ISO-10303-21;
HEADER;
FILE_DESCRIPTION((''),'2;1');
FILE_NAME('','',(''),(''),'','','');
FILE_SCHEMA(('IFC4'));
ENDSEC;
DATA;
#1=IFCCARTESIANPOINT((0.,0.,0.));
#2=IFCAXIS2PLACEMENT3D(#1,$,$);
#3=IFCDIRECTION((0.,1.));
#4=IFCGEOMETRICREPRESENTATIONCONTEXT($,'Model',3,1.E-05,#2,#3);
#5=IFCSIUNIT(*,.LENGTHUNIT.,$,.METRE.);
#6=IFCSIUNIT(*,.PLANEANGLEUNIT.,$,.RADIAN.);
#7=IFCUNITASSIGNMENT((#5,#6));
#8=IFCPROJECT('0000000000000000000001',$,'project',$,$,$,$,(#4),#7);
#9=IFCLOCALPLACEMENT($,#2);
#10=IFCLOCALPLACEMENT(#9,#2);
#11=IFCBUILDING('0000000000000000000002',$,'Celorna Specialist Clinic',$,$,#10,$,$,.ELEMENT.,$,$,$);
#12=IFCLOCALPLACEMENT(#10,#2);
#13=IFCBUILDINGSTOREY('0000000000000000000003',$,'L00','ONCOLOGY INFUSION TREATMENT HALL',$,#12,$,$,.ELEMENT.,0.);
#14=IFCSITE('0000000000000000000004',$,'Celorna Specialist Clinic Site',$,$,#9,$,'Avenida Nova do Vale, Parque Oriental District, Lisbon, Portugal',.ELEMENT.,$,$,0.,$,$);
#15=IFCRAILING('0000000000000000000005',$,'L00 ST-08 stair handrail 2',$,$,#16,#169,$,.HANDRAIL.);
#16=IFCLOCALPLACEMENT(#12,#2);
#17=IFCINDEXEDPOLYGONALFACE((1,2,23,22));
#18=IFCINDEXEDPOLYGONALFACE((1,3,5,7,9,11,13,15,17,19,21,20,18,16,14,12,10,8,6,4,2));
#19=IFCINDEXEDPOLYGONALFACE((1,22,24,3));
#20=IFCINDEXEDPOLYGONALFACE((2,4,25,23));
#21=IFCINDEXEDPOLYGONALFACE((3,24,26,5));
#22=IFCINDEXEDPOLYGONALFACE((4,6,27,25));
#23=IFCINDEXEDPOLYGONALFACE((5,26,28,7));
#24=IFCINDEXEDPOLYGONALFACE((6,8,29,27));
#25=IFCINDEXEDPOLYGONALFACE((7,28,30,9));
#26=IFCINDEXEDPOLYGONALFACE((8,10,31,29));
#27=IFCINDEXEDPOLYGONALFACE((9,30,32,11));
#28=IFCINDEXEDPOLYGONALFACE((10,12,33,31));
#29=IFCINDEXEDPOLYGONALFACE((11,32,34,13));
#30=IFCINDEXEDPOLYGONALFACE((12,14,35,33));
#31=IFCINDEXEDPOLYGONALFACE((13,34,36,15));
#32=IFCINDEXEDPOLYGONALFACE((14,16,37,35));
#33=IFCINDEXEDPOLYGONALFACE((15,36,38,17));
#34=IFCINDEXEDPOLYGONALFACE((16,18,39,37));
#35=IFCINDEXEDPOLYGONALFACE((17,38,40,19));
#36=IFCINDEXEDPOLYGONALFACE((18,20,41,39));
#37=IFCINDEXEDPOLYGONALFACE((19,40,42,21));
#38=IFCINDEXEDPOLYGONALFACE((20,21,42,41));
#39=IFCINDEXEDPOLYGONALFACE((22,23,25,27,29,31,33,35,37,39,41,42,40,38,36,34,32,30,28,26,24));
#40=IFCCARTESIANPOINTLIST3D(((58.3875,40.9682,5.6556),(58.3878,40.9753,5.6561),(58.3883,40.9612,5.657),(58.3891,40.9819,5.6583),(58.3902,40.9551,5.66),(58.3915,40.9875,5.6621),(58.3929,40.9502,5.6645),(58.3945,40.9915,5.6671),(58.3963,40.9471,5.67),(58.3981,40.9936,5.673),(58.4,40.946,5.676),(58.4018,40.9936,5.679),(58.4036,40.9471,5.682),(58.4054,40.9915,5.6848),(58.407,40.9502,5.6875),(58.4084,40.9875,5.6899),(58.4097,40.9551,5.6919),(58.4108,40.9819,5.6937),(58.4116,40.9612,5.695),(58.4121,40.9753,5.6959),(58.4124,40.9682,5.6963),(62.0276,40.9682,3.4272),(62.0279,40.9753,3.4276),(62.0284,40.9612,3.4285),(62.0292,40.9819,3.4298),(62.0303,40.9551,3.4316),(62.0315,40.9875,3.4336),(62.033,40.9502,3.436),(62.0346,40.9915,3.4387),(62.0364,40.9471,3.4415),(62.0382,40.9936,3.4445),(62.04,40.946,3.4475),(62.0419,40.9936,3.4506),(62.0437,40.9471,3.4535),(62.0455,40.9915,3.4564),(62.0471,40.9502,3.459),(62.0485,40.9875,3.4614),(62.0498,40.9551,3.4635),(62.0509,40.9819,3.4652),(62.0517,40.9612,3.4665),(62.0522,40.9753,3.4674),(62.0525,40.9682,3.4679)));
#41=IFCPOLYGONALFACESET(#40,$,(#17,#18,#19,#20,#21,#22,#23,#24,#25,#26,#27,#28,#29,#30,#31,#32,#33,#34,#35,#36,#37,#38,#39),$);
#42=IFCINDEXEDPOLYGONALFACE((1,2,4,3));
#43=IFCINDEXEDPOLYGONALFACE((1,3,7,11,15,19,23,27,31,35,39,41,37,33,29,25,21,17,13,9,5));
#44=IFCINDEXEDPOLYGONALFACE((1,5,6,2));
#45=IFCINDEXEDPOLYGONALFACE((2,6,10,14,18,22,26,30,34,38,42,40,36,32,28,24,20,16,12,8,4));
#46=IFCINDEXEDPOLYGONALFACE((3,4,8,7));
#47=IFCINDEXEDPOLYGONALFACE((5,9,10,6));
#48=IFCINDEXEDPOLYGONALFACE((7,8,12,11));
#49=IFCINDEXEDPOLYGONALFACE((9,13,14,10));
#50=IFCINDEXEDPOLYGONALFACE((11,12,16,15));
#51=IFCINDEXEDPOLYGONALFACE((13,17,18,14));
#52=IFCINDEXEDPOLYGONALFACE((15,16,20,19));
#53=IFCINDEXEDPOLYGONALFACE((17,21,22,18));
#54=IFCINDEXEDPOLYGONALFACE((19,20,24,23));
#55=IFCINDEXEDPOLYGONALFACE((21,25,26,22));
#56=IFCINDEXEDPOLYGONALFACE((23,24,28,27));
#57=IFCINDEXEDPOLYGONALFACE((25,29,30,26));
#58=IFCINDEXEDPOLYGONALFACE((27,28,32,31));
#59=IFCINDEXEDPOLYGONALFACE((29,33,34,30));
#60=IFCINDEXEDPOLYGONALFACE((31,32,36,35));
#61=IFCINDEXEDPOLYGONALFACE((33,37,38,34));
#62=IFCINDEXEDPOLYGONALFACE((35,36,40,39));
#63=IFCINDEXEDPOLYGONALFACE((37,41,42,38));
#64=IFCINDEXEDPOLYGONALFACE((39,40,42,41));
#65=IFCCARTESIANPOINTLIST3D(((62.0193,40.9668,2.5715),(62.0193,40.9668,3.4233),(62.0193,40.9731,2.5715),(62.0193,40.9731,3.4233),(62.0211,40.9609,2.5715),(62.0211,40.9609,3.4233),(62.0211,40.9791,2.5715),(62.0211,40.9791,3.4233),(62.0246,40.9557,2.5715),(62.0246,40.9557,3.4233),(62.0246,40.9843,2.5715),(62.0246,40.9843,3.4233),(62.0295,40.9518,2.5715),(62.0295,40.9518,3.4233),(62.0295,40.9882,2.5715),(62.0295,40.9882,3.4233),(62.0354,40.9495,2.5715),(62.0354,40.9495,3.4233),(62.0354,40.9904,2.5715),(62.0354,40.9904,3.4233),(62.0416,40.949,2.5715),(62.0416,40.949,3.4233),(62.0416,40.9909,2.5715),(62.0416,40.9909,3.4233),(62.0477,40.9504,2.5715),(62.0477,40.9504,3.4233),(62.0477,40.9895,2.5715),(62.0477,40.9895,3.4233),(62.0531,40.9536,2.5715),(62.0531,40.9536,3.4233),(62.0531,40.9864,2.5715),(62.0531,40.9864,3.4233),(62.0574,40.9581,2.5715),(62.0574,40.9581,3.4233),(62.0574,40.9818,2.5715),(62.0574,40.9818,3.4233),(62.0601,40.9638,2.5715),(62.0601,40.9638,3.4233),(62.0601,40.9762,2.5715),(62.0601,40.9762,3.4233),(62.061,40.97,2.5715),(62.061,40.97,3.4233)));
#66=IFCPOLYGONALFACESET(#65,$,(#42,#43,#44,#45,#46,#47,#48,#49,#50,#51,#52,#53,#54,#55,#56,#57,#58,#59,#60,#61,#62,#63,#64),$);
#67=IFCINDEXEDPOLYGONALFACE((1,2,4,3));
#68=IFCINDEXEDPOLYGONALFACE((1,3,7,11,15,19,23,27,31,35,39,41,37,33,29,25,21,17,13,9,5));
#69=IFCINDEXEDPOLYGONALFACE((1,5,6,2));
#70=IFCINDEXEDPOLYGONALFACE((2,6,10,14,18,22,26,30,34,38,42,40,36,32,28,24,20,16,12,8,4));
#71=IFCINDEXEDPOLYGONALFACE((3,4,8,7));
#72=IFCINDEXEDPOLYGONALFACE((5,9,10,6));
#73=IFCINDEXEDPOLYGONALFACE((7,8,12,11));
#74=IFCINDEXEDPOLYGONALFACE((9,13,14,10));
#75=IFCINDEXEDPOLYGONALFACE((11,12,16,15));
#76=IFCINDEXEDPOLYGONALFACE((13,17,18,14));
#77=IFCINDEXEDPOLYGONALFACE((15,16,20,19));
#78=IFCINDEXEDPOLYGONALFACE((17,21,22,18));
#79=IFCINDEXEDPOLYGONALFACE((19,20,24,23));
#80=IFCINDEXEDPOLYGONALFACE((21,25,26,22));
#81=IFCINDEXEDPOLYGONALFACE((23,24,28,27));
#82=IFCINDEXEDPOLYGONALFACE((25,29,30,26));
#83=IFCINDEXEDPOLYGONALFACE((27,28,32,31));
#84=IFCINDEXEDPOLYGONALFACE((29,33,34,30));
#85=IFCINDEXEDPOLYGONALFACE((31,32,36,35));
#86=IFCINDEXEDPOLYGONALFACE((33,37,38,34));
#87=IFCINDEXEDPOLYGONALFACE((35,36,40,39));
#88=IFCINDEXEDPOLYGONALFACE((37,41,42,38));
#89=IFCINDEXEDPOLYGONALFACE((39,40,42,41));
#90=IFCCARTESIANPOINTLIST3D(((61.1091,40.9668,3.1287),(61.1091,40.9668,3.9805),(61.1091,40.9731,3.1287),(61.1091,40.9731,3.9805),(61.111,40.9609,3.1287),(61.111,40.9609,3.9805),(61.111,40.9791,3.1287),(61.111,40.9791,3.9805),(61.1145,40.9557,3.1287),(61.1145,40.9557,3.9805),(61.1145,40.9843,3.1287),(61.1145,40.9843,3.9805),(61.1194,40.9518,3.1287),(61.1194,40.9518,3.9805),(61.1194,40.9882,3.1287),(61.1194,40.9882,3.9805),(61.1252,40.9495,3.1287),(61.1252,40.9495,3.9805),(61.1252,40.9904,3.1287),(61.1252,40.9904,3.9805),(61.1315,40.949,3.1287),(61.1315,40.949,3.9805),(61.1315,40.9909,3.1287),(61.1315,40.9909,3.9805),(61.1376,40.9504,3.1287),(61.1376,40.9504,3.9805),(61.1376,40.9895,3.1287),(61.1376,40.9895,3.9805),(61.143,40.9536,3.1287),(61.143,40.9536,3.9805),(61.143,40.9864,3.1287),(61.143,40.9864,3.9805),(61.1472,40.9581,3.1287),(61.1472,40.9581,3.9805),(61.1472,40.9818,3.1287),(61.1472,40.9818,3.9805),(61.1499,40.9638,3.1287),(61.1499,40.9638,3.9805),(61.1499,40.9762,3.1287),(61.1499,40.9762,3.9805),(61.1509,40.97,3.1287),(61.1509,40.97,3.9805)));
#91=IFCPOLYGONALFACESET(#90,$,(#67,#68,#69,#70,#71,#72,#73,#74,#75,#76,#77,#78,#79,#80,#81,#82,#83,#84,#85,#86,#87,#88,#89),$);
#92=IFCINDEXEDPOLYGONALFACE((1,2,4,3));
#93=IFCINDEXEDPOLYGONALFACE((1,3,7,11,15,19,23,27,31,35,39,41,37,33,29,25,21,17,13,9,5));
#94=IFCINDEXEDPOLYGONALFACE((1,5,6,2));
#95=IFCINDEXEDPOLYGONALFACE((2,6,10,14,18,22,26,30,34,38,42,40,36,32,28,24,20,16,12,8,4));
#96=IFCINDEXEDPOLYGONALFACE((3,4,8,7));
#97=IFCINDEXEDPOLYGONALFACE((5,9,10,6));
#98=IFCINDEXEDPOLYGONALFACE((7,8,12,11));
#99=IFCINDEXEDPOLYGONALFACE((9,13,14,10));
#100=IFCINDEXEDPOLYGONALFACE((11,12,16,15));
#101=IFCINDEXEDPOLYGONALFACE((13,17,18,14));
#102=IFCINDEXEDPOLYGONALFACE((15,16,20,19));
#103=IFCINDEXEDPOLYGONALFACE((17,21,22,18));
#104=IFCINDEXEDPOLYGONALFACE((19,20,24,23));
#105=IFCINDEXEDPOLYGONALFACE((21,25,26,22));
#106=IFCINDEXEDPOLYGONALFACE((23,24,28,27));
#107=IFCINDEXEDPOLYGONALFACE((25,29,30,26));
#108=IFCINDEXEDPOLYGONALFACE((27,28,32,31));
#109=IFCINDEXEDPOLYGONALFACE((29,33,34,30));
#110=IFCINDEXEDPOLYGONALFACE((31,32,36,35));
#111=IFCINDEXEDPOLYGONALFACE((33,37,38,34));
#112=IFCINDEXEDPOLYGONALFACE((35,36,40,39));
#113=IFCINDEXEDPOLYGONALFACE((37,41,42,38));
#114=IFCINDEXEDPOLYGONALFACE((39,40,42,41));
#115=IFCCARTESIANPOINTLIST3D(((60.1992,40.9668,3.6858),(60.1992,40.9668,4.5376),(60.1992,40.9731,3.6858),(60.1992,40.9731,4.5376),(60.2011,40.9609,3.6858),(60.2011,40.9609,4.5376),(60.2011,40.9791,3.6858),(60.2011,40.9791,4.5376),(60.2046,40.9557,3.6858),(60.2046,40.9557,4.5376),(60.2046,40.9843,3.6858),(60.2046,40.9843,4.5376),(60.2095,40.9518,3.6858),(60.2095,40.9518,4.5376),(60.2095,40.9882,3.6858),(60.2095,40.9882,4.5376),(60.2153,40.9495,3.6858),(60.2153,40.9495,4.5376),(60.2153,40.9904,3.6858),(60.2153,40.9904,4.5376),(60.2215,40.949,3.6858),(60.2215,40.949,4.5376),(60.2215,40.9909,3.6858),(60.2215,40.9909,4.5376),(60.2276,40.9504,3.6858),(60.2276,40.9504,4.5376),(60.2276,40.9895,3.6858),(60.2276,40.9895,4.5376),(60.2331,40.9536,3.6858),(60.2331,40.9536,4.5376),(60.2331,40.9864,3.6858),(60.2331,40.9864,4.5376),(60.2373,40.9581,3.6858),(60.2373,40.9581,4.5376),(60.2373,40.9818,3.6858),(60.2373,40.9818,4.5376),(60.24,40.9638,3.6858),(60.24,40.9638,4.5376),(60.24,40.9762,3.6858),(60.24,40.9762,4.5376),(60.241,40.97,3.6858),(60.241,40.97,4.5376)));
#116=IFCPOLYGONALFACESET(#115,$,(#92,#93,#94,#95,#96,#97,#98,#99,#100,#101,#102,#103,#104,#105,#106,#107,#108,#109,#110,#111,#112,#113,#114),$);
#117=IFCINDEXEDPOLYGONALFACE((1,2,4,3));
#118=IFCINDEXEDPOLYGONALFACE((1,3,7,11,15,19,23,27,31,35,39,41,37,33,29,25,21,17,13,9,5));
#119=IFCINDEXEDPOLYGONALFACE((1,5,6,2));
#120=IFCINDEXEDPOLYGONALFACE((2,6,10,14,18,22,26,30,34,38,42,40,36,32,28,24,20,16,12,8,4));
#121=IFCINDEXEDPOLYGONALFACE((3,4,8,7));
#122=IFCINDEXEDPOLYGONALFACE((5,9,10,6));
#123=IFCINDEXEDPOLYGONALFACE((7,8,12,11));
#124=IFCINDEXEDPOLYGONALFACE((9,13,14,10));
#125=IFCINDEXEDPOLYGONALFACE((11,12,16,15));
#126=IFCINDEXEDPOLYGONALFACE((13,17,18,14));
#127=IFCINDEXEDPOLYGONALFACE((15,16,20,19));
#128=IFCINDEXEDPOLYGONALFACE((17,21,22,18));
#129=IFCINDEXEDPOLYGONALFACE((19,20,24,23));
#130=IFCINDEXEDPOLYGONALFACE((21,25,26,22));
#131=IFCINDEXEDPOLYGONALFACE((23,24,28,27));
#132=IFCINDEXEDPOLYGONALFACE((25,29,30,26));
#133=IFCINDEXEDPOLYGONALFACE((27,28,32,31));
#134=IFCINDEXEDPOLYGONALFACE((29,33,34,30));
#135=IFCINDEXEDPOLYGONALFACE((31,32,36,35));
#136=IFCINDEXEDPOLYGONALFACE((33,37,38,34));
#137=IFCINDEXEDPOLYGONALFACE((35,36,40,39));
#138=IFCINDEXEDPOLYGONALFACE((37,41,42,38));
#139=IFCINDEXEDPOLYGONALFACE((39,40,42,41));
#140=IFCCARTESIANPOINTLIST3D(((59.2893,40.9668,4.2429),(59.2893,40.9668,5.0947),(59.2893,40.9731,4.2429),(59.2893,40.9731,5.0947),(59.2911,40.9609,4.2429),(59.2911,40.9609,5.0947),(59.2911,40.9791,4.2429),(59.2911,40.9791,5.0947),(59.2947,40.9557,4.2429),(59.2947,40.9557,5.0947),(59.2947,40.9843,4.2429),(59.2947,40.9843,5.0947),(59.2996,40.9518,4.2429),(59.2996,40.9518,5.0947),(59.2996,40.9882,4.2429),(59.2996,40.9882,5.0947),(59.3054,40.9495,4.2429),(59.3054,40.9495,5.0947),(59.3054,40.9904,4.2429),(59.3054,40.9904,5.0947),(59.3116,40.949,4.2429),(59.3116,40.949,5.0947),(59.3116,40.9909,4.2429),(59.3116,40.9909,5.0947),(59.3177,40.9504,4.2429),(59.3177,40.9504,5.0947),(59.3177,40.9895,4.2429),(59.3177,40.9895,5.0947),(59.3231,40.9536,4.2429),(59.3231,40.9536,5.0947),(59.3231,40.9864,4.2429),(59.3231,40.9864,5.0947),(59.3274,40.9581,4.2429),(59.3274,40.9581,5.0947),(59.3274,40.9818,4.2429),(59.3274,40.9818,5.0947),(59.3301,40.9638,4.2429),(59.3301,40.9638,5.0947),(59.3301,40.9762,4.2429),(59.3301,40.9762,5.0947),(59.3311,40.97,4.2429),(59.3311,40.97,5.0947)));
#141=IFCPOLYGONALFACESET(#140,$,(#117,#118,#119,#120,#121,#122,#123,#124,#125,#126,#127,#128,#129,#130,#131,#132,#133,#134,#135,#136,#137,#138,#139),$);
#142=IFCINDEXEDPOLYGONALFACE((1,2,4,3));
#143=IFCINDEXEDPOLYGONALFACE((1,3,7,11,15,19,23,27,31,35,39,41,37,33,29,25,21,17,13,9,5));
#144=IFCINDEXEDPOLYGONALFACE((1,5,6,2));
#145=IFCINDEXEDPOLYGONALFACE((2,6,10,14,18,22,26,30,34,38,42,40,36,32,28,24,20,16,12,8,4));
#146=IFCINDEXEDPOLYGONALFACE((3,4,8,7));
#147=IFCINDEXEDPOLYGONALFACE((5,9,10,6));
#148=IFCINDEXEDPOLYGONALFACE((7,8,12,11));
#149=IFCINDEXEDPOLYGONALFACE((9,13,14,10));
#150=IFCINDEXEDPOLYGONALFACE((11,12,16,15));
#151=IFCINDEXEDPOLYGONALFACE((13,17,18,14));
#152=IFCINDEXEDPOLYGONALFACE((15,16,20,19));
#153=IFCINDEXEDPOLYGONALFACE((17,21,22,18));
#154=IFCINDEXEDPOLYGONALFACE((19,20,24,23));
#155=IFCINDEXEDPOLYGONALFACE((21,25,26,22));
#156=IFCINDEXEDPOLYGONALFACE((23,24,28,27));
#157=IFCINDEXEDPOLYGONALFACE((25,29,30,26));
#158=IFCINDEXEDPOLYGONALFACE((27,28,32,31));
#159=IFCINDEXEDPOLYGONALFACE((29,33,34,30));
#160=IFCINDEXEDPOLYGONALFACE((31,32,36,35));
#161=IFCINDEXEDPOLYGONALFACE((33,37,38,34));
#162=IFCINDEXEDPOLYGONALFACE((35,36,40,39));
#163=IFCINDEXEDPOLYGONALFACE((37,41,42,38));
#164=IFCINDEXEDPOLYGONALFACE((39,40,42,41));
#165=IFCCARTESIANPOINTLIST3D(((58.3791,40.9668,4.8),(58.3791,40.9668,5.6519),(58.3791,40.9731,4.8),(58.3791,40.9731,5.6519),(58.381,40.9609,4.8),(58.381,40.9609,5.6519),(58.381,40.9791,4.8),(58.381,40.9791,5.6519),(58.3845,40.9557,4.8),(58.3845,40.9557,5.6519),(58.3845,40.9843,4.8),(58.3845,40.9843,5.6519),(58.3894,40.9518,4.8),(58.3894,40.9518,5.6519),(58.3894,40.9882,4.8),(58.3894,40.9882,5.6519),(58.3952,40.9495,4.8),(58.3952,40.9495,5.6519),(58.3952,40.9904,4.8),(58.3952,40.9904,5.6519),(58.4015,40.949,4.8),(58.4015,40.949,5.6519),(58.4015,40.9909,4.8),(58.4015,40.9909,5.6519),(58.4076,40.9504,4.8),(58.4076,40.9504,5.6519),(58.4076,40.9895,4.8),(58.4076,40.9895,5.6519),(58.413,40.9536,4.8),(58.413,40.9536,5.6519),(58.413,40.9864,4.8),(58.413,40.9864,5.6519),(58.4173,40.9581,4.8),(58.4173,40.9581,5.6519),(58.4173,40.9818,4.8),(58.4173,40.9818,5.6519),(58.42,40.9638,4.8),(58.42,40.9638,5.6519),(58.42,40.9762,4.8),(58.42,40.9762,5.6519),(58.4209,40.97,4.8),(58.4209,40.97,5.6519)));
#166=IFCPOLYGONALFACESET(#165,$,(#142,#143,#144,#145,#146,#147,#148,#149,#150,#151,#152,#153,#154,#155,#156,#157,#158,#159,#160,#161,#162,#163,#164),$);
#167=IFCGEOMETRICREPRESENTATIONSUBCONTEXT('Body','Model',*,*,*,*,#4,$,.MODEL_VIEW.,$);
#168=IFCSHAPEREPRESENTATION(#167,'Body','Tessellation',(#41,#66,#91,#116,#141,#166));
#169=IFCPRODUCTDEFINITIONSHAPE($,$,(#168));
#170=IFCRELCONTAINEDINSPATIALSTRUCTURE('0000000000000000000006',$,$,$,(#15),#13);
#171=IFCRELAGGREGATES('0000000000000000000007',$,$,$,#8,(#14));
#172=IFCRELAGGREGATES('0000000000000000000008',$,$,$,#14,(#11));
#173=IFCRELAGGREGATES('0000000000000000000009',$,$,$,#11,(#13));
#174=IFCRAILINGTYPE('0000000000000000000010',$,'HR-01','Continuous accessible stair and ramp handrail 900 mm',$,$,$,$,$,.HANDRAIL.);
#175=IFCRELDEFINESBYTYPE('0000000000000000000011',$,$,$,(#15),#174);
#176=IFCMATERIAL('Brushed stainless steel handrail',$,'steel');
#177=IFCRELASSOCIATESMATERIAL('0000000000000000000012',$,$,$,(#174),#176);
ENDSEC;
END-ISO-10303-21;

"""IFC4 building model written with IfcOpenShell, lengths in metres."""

from ifc_helpers import new_model, si_unit, direction, frame, origin, origin_2d, place, context, subcontext, project, spatial, circle, extrude, material, type_object, element, save


model = new_model("IFC4")

# Units and contexts
model_context = context("Model", 3, precision=1e-05, world=origin(), true_north=direction((0.0, 1.0)))
body_context = subcontext(model_context, "Body", "Model", "MODEL_VIEW")
ifc_project = project(units=[si_unit("LENGTHUNIT", "METRE"), si_unit("PLANEANGLEUNIT", "RADIAN")], contexts=[model_context])

# Site, building, storey
site_placement = place(None, origin())
site = spatial("IfcSite", under=ifc_project, at=site_placement, Name="Celorna Specialist Clinic Site", LongName="Avenida Nova do Vale, Parque Oriental District, Lisbon, Portugal", CompositionType="ELEMENT", RefElevation=0.0)
building_placement = place(site_placement, origin())
building = spatial("IfcBuilding", under=site, at=building_placement, Name="Celorna Specialist Clinic", CompositionType="ELEMENT")
storey_placement = place(building_placement, origin())
storey = spatial("IfcBuildingStorey", under=building, at=storey_placement, Name="L00", Description="ONCOLOGY INFUSION TREATMENT HALL", CompositionType="ELEMENT", Elevation=0.0)

# Railing
ifc_material_1 = material(Name="Brushed stainless steel handrail", Category="steel")
railing_type_1 = type_object("IfcRailingType", Name="HR-01", Description="Continuous accessible stair and ramp handrail 900 mm", PredefinedType="HANDRAIL", material=ifc_material_1)
railing_1_placement = place(storey_placement, frame((62.04, 40.97, 2.5715)))
element("IfcRailing", 1, at=railing_1_placement, inside=storey, type_object=railing_type_1, Name="L00 ST-08 stair handrail 2", PredefinedType="HANDRAIL", context=body_context, shape_type="SweptSolid", body=[
    extrude(circle(Radius=0.0239, at=origin_2d()), frame((0.0, 0.0, 0.876), z_axis=(-0.852866, 0.0, 0.52213), x_axis=(0.0, -1.0, 0.0)), (0.0, 0.0, 1.0), 4.2681),
    extrude(circle(Radius=0.021, at=origin_2d()), origin(), (0.0, 0.0, 1.0), 0.8518),
    extrude(circle(Radius=0.021, at=origin_2d()), frame((-0.9102, 0.0, 0.5571)), (0.0, 0.0, 1.0), 0.8518),
    extrude(circle(Radius=0.021, at=origin_2d()), frame((-1.8201, 0.0, 1.1143)), (0.0, 0.0, 1.0), 0.8518),
    extrude(circle(Radius=0.021, at=origin_2d()), frame((-2.73, 0.0, 1.6714)), (0.0, 0.0, 1.0), 0.8518),
    extrude(circle(Radius=0.021, at=origin_2d()), frame((-3.6401, 0.0, 2.2285)), (0.0, 0.0, 1.0), 0.8518),
])

save(model, "model.ifc")
